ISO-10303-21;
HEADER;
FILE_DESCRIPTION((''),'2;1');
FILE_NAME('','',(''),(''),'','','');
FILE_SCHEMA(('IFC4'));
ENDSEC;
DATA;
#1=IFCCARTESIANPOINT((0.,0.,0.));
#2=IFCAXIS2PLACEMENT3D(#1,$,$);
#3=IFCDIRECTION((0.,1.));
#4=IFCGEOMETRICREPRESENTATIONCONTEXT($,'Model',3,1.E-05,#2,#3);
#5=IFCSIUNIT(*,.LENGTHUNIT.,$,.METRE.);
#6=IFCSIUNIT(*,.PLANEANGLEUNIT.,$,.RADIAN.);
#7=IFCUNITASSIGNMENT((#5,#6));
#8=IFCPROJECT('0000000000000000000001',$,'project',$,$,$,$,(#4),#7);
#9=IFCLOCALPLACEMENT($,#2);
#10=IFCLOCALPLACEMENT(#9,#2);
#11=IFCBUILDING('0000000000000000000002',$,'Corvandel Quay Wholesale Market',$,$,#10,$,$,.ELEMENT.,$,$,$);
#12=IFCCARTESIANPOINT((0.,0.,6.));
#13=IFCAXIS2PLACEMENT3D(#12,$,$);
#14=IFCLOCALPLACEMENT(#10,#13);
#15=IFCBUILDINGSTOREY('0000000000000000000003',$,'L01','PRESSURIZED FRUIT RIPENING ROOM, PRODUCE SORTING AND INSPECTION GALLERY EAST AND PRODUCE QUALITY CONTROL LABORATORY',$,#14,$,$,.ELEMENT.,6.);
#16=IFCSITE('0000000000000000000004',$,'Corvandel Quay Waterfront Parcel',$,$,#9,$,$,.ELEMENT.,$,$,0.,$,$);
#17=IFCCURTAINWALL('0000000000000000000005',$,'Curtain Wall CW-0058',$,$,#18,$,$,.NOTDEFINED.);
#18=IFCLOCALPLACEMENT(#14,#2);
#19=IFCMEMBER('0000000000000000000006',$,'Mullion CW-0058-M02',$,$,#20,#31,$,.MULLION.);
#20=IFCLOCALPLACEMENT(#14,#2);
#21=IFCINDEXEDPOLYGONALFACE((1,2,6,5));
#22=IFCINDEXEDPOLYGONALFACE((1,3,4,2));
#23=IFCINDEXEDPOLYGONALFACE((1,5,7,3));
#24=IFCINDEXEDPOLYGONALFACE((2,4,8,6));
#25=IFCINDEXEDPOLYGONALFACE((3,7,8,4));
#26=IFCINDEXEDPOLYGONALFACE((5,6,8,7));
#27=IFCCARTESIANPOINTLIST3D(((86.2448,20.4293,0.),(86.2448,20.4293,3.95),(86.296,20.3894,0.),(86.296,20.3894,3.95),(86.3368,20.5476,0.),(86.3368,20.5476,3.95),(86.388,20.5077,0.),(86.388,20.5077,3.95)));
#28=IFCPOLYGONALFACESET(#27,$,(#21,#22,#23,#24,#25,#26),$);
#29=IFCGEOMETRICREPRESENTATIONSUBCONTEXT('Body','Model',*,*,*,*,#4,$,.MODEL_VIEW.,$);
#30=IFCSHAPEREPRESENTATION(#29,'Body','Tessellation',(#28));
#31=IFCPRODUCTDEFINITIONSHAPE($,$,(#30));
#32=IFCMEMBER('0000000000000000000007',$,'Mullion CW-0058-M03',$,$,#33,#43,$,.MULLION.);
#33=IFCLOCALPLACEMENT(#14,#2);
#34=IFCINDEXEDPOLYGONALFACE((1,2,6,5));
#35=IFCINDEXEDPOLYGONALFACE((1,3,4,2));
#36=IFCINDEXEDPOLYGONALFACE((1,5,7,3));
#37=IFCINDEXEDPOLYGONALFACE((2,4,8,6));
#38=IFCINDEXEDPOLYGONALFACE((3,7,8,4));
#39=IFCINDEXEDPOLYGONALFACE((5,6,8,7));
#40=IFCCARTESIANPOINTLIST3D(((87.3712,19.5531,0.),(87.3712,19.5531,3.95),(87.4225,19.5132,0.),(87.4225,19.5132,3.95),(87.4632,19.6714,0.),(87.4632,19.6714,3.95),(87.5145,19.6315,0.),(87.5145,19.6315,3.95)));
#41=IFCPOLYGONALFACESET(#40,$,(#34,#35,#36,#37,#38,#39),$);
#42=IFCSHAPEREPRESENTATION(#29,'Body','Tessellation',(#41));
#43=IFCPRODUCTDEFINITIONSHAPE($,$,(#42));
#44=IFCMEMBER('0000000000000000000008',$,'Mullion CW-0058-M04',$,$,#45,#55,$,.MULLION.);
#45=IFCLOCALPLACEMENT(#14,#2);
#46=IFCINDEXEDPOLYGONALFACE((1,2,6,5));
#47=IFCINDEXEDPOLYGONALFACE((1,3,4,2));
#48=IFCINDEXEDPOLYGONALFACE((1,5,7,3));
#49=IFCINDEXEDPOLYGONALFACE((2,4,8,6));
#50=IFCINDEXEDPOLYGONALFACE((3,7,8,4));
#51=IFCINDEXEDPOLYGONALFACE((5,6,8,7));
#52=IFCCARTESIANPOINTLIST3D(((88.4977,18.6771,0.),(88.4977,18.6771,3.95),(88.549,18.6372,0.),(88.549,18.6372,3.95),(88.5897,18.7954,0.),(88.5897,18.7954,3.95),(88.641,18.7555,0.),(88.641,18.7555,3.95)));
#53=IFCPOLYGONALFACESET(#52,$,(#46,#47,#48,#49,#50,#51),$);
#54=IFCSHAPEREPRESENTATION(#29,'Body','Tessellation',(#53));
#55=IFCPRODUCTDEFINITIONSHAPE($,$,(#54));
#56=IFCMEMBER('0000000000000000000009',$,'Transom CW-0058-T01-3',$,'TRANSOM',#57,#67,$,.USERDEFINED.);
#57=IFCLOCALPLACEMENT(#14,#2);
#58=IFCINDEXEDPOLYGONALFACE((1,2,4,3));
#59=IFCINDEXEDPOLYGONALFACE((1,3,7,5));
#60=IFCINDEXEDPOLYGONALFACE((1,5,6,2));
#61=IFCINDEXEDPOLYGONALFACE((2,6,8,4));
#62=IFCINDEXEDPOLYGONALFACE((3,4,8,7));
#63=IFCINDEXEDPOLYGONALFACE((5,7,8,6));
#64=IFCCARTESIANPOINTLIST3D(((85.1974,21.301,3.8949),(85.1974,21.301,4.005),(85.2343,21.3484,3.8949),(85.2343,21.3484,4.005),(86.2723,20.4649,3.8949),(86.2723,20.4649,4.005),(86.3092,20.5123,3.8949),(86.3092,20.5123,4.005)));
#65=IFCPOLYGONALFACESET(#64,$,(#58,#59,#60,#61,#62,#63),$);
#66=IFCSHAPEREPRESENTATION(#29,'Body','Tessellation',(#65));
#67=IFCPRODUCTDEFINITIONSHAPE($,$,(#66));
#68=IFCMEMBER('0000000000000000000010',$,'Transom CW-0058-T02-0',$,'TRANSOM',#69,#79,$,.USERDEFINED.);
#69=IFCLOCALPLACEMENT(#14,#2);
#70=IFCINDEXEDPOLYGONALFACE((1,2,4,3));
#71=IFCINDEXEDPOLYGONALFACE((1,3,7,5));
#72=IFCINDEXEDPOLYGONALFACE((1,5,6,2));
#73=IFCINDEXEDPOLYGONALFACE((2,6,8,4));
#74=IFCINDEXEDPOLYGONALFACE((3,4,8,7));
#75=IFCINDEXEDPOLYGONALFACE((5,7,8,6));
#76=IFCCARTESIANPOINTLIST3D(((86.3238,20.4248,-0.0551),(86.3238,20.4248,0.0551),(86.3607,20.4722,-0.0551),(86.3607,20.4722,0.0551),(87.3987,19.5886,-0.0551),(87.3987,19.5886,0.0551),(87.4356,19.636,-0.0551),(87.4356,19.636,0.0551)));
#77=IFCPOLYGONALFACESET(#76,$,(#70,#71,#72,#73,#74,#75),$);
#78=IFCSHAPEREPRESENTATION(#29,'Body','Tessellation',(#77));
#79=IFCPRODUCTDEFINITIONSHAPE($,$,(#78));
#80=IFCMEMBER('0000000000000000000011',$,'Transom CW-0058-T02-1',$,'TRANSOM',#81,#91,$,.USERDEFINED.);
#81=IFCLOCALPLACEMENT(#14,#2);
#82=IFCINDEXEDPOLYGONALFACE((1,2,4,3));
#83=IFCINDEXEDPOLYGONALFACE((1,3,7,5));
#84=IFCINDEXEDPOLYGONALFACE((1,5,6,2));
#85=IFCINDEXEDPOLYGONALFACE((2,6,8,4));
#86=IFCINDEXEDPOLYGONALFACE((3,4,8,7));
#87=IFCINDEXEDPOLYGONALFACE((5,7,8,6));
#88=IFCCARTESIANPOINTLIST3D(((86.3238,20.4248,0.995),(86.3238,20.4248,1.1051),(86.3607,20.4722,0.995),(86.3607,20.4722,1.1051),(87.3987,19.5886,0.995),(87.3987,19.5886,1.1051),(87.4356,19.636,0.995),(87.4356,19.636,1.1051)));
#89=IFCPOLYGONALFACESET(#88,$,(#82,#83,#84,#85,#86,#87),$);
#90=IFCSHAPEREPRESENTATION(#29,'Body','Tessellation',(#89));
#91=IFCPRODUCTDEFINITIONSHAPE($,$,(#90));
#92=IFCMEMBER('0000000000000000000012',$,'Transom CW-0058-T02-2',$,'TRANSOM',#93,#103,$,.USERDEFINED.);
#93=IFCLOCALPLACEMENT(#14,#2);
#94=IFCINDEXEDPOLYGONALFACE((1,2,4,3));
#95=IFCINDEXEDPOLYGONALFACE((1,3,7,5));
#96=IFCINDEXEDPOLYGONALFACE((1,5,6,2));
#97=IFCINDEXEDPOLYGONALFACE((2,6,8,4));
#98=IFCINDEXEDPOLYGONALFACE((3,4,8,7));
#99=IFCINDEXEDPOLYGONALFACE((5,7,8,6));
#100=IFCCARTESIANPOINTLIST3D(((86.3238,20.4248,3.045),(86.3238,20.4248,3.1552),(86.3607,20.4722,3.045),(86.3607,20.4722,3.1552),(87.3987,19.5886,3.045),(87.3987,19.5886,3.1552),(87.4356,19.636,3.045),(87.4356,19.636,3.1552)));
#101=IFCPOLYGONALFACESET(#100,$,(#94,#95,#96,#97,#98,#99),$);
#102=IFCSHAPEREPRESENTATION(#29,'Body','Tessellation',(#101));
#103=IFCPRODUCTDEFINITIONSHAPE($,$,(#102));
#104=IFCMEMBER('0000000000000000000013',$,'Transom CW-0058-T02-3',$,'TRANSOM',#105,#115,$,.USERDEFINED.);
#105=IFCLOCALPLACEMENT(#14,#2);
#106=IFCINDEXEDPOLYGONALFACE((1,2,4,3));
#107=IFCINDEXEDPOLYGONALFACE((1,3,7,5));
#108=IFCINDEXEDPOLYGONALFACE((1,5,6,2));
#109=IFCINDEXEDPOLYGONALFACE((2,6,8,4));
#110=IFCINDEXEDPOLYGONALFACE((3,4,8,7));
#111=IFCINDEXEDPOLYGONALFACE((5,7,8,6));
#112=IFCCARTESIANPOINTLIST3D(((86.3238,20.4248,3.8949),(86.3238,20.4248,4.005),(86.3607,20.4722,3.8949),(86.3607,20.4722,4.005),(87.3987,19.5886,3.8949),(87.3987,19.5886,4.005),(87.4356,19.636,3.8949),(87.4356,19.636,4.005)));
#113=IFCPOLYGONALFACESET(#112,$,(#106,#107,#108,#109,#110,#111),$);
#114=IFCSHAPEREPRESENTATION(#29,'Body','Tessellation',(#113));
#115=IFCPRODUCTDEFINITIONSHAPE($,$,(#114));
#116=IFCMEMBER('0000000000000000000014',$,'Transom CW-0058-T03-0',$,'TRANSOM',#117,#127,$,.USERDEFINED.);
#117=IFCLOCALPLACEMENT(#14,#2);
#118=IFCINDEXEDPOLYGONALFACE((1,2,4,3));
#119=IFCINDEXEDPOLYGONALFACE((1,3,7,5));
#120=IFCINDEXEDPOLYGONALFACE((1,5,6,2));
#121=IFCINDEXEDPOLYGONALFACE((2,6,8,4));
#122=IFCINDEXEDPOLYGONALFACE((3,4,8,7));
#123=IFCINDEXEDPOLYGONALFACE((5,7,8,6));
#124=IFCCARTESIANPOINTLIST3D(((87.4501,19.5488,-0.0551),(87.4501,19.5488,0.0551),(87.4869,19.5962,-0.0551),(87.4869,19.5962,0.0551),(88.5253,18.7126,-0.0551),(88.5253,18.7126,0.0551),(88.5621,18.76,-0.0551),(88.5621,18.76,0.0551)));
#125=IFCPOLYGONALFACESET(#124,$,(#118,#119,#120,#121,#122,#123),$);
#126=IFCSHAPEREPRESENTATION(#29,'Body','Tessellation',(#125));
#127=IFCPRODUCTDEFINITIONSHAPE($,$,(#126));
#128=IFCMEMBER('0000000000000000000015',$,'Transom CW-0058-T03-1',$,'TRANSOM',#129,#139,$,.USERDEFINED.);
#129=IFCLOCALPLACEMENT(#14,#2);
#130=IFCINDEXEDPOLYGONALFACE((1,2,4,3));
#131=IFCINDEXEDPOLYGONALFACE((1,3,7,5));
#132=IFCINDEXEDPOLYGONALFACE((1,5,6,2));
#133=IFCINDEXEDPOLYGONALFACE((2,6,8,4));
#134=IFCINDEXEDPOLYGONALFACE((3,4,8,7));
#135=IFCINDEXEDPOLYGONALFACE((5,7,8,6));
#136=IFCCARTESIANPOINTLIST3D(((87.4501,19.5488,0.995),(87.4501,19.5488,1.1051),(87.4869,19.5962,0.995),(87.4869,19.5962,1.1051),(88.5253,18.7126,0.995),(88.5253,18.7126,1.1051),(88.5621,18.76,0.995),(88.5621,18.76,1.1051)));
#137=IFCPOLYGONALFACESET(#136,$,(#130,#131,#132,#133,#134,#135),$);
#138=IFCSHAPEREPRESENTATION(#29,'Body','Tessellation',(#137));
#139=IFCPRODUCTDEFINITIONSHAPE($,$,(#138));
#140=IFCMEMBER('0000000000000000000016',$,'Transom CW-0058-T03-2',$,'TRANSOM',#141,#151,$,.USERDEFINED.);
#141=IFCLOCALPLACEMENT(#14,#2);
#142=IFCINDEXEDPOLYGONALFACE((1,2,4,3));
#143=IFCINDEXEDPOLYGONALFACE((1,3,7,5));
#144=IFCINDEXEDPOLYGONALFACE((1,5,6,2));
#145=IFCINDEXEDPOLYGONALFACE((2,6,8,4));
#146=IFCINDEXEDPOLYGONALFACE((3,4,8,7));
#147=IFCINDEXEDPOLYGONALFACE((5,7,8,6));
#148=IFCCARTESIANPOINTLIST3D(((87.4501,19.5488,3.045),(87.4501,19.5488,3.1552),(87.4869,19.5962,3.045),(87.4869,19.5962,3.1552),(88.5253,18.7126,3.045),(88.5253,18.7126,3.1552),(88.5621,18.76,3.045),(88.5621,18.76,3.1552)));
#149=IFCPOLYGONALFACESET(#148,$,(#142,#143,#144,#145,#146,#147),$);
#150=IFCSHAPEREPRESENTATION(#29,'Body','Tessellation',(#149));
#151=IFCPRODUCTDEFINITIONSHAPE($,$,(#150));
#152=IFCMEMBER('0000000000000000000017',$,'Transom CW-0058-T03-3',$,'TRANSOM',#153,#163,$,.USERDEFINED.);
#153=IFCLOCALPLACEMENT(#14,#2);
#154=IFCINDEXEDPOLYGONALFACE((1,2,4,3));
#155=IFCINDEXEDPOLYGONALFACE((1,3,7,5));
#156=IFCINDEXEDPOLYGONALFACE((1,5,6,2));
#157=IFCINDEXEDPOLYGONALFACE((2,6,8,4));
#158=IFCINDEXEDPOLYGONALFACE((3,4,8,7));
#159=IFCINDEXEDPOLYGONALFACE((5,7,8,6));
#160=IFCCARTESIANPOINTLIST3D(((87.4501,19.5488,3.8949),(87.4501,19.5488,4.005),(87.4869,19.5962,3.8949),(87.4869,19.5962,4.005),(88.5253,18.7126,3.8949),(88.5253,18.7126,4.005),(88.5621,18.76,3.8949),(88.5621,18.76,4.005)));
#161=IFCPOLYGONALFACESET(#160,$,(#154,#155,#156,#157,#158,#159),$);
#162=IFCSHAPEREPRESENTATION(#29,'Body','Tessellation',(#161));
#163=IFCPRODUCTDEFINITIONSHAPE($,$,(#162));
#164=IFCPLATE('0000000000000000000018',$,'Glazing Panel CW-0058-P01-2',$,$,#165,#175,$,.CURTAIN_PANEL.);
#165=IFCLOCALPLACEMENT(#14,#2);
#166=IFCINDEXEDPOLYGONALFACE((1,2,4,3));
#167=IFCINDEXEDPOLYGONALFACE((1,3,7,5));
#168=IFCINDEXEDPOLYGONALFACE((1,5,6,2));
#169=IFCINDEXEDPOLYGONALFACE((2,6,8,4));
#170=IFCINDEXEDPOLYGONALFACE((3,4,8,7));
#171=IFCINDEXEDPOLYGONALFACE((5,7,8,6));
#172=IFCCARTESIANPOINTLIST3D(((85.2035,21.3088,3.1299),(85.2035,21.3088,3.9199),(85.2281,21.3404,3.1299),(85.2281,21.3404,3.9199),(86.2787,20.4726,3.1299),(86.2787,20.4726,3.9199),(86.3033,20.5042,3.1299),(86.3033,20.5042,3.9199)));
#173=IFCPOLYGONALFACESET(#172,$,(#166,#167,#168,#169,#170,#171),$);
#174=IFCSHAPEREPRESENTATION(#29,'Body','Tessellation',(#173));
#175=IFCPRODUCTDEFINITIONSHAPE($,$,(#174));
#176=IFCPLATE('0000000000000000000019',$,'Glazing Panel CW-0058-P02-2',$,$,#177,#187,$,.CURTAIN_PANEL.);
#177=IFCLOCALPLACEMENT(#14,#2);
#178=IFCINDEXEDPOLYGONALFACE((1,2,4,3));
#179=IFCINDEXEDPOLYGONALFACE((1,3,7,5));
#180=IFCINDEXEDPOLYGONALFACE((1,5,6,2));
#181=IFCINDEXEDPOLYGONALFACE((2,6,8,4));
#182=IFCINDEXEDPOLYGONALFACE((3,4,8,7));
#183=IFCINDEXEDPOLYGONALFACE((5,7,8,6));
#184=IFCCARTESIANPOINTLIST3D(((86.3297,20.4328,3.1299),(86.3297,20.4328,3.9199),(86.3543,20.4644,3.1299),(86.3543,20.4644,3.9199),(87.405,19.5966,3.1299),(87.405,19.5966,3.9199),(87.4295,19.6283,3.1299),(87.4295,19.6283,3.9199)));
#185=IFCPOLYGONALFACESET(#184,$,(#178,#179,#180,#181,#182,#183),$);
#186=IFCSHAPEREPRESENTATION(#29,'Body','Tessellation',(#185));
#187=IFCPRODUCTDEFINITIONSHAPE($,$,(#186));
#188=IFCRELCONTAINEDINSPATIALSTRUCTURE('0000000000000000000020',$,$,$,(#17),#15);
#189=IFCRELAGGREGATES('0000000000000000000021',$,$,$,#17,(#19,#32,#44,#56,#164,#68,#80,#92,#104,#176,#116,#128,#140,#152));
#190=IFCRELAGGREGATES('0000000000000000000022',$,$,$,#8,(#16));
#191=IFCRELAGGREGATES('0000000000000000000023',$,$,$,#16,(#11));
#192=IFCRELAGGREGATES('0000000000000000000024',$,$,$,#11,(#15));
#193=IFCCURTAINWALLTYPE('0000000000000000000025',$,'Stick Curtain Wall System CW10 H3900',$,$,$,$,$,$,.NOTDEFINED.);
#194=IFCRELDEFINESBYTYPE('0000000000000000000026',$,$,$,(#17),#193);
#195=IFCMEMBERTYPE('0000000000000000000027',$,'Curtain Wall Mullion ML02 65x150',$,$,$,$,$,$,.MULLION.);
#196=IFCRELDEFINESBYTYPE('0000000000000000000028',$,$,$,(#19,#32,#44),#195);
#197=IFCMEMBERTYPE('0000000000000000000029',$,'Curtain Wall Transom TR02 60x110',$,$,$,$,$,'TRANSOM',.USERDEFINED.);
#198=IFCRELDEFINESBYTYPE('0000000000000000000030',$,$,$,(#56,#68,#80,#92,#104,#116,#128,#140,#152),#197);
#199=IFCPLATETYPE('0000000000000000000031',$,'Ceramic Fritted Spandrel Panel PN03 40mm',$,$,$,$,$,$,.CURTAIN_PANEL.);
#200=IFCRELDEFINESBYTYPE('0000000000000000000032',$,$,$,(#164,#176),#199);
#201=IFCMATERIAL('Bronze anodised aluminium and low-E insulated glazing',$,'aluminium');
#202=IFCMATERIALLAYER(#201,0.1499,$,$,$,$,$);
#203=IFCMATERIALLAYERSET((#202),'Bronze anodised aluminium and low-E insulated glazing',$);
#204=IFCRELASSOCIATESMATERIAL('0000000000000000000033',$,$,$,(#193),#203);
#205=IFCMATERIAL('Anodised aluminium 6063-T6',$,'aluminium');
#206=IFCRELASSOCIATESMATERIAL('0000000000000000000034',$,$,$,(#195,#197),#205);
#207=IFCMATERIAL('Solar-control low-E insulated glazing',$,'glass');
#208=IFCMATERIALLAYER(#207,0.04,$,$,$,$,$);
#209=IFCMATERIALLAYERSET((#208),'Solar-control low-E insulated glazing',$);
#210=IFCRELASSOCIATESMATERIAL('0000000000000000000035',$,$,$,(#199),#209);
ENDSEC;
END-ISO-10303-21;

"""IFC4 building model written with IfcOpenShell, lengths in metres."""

from ifc_helpers import new_model, si_unit, direction, frame, origin, origin_2d, place, context, subcontext, project, spatial, rectangle, extrude, material, layer, layer_set, material_profile, profile_set, type_object, element, aggregate, save


model = new_model("IFC4")

# Units and contexts
model_context = context("Model", 3, precision=1e-05, world=origin(), true_north=direction((0.0, 1.0)))
body_context = subcontext(model_context, "Body", "Model", "MODEL_VIEW")
ifc_project = project(units=[si_unit("LENGTHUNIT", "METRE"), si_unit("PLANEANGLEUNIT", "RADIAN")], contexts=[model_context])

# Site, building, storey
site_placement = place(None, origin())
site = spatial("IfcSite", under=ifc_project, at=site_placement, Name="Corvandel Quay Waterfront Parcel", CompositionType="ELEMENT", RefElevation=0.0)
building_placement = place(site_placement, origin())
building = spatial("IfcBuilding", under=site, at=building_placement, Name="Corvandel Quay Wholesale Market", CompositionType="ELEMENT")
storey_placement = place(building_placement, frame((0.0, 0.0, 6.0)))
storey = spatial("IfcBuildingStorey", under=building, at=storey_placement, Name="L01", Description="PRESSURIZED FRUIT RIPENING ROOM, PRODUCE SORTING AND INSPECTION GALLERY EAST AND PRODUCE QUALITY CONTROL LABORATORY", CompositionType="ELEMENT", Elevation=6.0)

# Curtain wall, members, plates
ifc_material_1 = material(Name="Bronze anodised aluminium and low-E insulated glazing", Category="aluminium")
ifc_layer_1 = layer(ifc_material_1, 0.1499)
ifc_layer_set_1 = layer_set([ifc_layer_1], Name="Bronze anodised aluminium and low-E insulated glazing")
curtain_wall_type = type_object("IfcCurtainWallType", Name="Stick Curtain Wall System CW10 H3900", PredefinedType="NOTDEFINED", material=ifc_layer_set_1)
curtain_wall_placement = place(storey_placement, origin())
curtain_wall = element("IfcCurtainWall", 1, at=curtain_wall_placement, inside=storey, type_object=curtain_wall_type, Name="Curtain Wall CW-0058", PredefinedType="NOTDEFINED")
ifc_material_2 = material(Name="Anodised aluminium 6063-T6", Category="aluminium")
ifc_material_profile_1 = material_profile(ifc_material_2, rectangle(XDim=0.0649, YDim=0.1499, at=origin_2d()), Name="ALU-MUL-65x150")
ifc_profile_set_1 = profile_set([ifc_material_profile_1], Name="Anodised aluminium 6063-T6")
member_type_1 = type_object("IfcMemberType", Name="Curtain Wall Mullion ML02 65x150", PredefinedType="MULLION", material=ifc_profile_set_1)
member_1_placement = place(storey_placement, frame((86.3164, 20.4685, 0.0), z_axis=(0.0, 0.0, 1.0), x_axis=(-0.789406, 0.613872, 0.0)))
member_1 = element("IfcMember", 2, at=member_1_placement, type_object=member_type_1, Name="Mullion CW-0058-M02", PredefinedType="MULLION", context=body_context, shape_type="SweptSolid", body=[
    extrude(rectangle(XDim=0.0649, YDim=0.1499, at=origin_2d()), origin(), (0.0, 0.0, 1.0), 3.95),
])
member_2_placement = place(storey_placement, frame((87.4429, 19.5923, 0.0), z_axis=(0.0, 0.0, 1.0), x_axis=(-0.789406, 0.613872, 0.0)))
member_2 = element("IfcMember", 3, at=member_2_placement, type_object=member_type_1, Name="Mullion CW-0058-M03", PredefinedType="MULLION", context=body_context, shape_type="SweptSolid", body=[
    extrude(rectangle(XDim=0.0649, YDim=0.1499, at=origin_2d()), origin(), (0.0, 0.0, 1.0), 3.95),
])
member_3_placement = place(storey_placement, frame((88.5693, 18.7163, 0.0), z_axis=(0.0, 0.0, 1.0), x_axis=(-0.789406, 0.613872, 0.0)))
member_3 = element("IfcMember", 4, at=member_3_placement, type_object=member_type_1, Name="Mullion CW-0058-M04", PredefinedType="MULLION", context=body_context, shape_type="SweptSolid", body=[
    extrude(rectangle(XDim=0.0649, YDim=0.1499, at=origin_2d()), origin(), (0.0, 0.0, 1.0), 3.95),
])
ifc_material_profile_2 = material_profile(ifc_material_2, rectangle(XDim=0.0601, YDim=0.1101, at=origin_2d()), Name="ALU-TRN-60x110")
ifc_profile_set_2 = profile_set([ifc_material_profile_2], Name="Anodised aluminium 6063-T6")
member_type_2 = type_object("IfcMemberType", Name="Curtain Wall Transom TR02 60x110", ElementType="TRANSOM", PredefinedType="USERDEFINED", material=ifc_profile_set_2)
member_4_placement = place(storey_placement, frame((85.2158, 21.3247, 3.95), z_axis=(0.789314, -0.61399, 0.0), x_axis=(0.61399, 0.789314, 0.0)))
member_4 = element("IfcMember", 5, at=member_4_placement, type_object=member_type_2, Name="Transom CW-0058-T01-3", ObjectType="TRANSOM", PredefinedType="USERDEFINED", context=body_context, shape_type="SweptSolid", body=[
    extrude(rectangle(XDim=0.0601, YDim=0.1101, at=origin_2d()), origin(), (0.0, 0.0, 1.0), 1.3618),
])
member_5_placement = place(storey_placement, frame((86.3423, 20.4485, 0.0), z_axis=(0.789314, -0.61399, 0.0), x_axis=(0.61399, 0.789314, 0.0)))
member_5 = element("IfcMember", 6, at=member_5_placement, type_object=member_type_2, Name="Transom CW-0058-T02-0", ObjectType="TRANSOM", PredefinedType="USERDEFINED", context=body_context, shape_type="SweptSolid", body=[
    extrude(rectangle(XDim=0.0601, YDim=0.1101, at=origin_2d()), origin(), (0.0, 0.0, 1.0), 1.3618),
])
member_6_placement = place(storey_placement, frame((86.3423, 20.4485, 1.05), z_axis=(0.789314, -0.61399, 0.0), x_axis=(0.61399, 0.789314, 0.0)))
member_6 = element("IfcMember", 7, at=member_6_placement, type_object=member_type_2, Name="Transom CW-0058-T02-1", ObjectType="TRANSOM", PredefinedType="USERDEFINED", context=body_context, shape_type="SweptSolid", body=[
    extrude(rectangle(XDim=0.0601, YDim=0.1101, at=origin_2d()), origin(), (0.0, 0.0, 1.0), 1.3618),
])
member_7_placement = place(storey_placement, frame((86.3423, 20.4485, 3.1001), z_axis=(0.789314, -0.61399, 0.0), x_axis=(0.61399, 0.789314, 0.0)))
member_7 = element("IfcMember", 8, at=member_7_placement, type_object=member_type_2, Name="Transom CW-0058-T02-2", ObjectType="TRANSOM", PredefinedType="USERDEFINED", context=body_context, shape_type="SweptSolid", body=[
    extrude(rectangle(XDim=0.0601, YDim=0.1101, at=origin_2d()), origin(), (0.0, 0.0, 1.0), 1.3618),
])
member_8_placement = place(storey_placement, frame((86.3423, 20.4485, 3.95), z_axis=(0.789314, -0.61399, 0.0), x_axis=(0.61399, 0.789314, 0.0)))
member_8 = element("IfcMember", 9, at=member_8_placement, type_object=member_type_2, Name="Transom CW-0058-T02-3", ObjectType="TRANSOM", PredefinedType="USERDEFINED", context=body_context, shape_type="SweptSolid", body=[
    extrude(rectangle(XDim=0.0601, YDim=0.1101, at=origin_2d()), origin(), (0.0, 0.0, 1.0), 1.3618),
])
member_9_placement = place(storey_placement, frame((87.4685, 19.5725, 0.0), z_axis=(0.789381, -0.613903, 0.0), x_axis=(0.613903, 0.789381, 0.0)))
member_9 = element("IfcMember", 10, at=member_9_placement, type_object=member_type_2, Name="Transom CW-0058-T03-0", ObjectType="TRANSOM", PredefinedType="USERDEFINED", context=body_context, shape_type="SweptSolid", body=[
    extrude(rectangle(XDim=0.0601, YDim=0.1101, at=origin_2d()), origin(), (0.0, 0.0, 1.0), 1.3621),
])
member_10_placement = place(storey_placement, frame((87.4685, 19.5725, 1.05), z_axis=(0.789381, -0.613903, 0.0), x_axis=(0.613903, 0.789381, 0.0)))
member_10 = element("IfcMember", 11, at=member_10_placement, type_object=member_type_2, Name="Transom CW-0058-T03-1", ObjectType="TRANSOM", PredefinedType="USERDEFINED", context=body_context, shape_type="SweptSolid", body=[
    extrude(rectangle(XDim=0.0601, YDim=0.1101, at=origin_2d()), origin(), (0.0, 0.0, 1.0), 1.3621),
])
member_11_placement = place(storey_placement, frame((87.4685, 19.5725, 3.1001), z_axis=(0.789381, -0.613903, 0.0), x_axis=(0.613903, 0.789381, 0.0)))
member_11 = element("IfcMember", 12, at=member_11_placement, type_object=member_type_2, Name="Transom CW-0058-T03-2", ObjectType="TRANSOM", PredefinedType="USERDEFINED", context=body_context, shape_type="SweptSolid", body=[
    extrude(rectangle(XDim=0.0601, YDim=0.1101, at=origin_2d()), origin(), (0.0, 0.0, 1.0), 1.3621),
])
member_12_placement = place(storey_placement, frame((87.4685, 19.5725, 3.95), z_axis=(0.789381, -0.613903, 0.0), x_axis=(0.613903, 0.789381, 0.0)))
member_12 = element("IfcMember", 13, at=member_12_placement, type_object=member_type_2, Name="Transom CW-0058-T03-3", ObjectType="TRANSOM", PredefinedType="USERDEFINED", context=body_context, shape_type="SweptSolid", body=[
    extrude(rectangle(XDim=0.0601, YDim=0.1101, at=origin_2d()), origin(), (0.0, 0.0, 1.0), 1.3621),
])
ifc_material_3 = material(Name="Solar-control low-E insulated glazing", Category="glass")
ifc_layer_2 = layer(ifc_material_3, 0.04)
ifc_layer_set_2 = layer_set([ifc_layer_2], Name="Solar-control low-E insulated glazing")
plate_type_1 = type_object("IfcPlateType", Name="Ceramic Fritted Spandrel Panel PN03 40mm", PredefinedType="CURTAIN_PANEL", material=ifc_layer_set_2)
plate_1_placement = place(storey_placement, frame((85.7534, 20.9065, 3.1299), z_axis=(0.0, 0.0, 1.0), x_axis=(-0.789406, 0.613872, 0.0)))
plate_1 = element("IfcPlate", 14, at=plate_1_placement, type_object=plate_type_1, Name="Glazing Panel CW-0058-P01-2", PredefinedType="CURTAIN_PANEL", context=body_context, shape_type="SweptSolid", body=[
    extrude(rectangle(XDim=1.3621, YDim=0.04, at=origin_2d()), origin(), (0.0, 0.0, 1.0), 0.79),
])
plate_2_placement = place(storey_placement, frame((86.8796, 20.0305, 3.1299), z_axis=(0.0, 0.0, 1.0), x_axis=(-0.789406, 0.613872, 0.0)))
plate_2 = element("IfcPlate", 15, at=plate_2_placement, type_object=plate_type_1, Name="Glazing Panel CW-0058-P02-2", PredefinedType="CURTAIN_PANEL", context=body_context, shape_type="SweptSolid", body=[
    extrude(rectangle(XDim=1.3621, YDim=0.04, at=origin_2d()), origin(), (0.0, 0.0, 1.0), 0.79),
])
aggregate(curtain_wall, [member_1, member_2, member_3, member_4, plate_1, member_5, member_6, member_7, member_8, plate_2, member_9, member_10, member_11, member_12])

save(model, "model.ifc")
